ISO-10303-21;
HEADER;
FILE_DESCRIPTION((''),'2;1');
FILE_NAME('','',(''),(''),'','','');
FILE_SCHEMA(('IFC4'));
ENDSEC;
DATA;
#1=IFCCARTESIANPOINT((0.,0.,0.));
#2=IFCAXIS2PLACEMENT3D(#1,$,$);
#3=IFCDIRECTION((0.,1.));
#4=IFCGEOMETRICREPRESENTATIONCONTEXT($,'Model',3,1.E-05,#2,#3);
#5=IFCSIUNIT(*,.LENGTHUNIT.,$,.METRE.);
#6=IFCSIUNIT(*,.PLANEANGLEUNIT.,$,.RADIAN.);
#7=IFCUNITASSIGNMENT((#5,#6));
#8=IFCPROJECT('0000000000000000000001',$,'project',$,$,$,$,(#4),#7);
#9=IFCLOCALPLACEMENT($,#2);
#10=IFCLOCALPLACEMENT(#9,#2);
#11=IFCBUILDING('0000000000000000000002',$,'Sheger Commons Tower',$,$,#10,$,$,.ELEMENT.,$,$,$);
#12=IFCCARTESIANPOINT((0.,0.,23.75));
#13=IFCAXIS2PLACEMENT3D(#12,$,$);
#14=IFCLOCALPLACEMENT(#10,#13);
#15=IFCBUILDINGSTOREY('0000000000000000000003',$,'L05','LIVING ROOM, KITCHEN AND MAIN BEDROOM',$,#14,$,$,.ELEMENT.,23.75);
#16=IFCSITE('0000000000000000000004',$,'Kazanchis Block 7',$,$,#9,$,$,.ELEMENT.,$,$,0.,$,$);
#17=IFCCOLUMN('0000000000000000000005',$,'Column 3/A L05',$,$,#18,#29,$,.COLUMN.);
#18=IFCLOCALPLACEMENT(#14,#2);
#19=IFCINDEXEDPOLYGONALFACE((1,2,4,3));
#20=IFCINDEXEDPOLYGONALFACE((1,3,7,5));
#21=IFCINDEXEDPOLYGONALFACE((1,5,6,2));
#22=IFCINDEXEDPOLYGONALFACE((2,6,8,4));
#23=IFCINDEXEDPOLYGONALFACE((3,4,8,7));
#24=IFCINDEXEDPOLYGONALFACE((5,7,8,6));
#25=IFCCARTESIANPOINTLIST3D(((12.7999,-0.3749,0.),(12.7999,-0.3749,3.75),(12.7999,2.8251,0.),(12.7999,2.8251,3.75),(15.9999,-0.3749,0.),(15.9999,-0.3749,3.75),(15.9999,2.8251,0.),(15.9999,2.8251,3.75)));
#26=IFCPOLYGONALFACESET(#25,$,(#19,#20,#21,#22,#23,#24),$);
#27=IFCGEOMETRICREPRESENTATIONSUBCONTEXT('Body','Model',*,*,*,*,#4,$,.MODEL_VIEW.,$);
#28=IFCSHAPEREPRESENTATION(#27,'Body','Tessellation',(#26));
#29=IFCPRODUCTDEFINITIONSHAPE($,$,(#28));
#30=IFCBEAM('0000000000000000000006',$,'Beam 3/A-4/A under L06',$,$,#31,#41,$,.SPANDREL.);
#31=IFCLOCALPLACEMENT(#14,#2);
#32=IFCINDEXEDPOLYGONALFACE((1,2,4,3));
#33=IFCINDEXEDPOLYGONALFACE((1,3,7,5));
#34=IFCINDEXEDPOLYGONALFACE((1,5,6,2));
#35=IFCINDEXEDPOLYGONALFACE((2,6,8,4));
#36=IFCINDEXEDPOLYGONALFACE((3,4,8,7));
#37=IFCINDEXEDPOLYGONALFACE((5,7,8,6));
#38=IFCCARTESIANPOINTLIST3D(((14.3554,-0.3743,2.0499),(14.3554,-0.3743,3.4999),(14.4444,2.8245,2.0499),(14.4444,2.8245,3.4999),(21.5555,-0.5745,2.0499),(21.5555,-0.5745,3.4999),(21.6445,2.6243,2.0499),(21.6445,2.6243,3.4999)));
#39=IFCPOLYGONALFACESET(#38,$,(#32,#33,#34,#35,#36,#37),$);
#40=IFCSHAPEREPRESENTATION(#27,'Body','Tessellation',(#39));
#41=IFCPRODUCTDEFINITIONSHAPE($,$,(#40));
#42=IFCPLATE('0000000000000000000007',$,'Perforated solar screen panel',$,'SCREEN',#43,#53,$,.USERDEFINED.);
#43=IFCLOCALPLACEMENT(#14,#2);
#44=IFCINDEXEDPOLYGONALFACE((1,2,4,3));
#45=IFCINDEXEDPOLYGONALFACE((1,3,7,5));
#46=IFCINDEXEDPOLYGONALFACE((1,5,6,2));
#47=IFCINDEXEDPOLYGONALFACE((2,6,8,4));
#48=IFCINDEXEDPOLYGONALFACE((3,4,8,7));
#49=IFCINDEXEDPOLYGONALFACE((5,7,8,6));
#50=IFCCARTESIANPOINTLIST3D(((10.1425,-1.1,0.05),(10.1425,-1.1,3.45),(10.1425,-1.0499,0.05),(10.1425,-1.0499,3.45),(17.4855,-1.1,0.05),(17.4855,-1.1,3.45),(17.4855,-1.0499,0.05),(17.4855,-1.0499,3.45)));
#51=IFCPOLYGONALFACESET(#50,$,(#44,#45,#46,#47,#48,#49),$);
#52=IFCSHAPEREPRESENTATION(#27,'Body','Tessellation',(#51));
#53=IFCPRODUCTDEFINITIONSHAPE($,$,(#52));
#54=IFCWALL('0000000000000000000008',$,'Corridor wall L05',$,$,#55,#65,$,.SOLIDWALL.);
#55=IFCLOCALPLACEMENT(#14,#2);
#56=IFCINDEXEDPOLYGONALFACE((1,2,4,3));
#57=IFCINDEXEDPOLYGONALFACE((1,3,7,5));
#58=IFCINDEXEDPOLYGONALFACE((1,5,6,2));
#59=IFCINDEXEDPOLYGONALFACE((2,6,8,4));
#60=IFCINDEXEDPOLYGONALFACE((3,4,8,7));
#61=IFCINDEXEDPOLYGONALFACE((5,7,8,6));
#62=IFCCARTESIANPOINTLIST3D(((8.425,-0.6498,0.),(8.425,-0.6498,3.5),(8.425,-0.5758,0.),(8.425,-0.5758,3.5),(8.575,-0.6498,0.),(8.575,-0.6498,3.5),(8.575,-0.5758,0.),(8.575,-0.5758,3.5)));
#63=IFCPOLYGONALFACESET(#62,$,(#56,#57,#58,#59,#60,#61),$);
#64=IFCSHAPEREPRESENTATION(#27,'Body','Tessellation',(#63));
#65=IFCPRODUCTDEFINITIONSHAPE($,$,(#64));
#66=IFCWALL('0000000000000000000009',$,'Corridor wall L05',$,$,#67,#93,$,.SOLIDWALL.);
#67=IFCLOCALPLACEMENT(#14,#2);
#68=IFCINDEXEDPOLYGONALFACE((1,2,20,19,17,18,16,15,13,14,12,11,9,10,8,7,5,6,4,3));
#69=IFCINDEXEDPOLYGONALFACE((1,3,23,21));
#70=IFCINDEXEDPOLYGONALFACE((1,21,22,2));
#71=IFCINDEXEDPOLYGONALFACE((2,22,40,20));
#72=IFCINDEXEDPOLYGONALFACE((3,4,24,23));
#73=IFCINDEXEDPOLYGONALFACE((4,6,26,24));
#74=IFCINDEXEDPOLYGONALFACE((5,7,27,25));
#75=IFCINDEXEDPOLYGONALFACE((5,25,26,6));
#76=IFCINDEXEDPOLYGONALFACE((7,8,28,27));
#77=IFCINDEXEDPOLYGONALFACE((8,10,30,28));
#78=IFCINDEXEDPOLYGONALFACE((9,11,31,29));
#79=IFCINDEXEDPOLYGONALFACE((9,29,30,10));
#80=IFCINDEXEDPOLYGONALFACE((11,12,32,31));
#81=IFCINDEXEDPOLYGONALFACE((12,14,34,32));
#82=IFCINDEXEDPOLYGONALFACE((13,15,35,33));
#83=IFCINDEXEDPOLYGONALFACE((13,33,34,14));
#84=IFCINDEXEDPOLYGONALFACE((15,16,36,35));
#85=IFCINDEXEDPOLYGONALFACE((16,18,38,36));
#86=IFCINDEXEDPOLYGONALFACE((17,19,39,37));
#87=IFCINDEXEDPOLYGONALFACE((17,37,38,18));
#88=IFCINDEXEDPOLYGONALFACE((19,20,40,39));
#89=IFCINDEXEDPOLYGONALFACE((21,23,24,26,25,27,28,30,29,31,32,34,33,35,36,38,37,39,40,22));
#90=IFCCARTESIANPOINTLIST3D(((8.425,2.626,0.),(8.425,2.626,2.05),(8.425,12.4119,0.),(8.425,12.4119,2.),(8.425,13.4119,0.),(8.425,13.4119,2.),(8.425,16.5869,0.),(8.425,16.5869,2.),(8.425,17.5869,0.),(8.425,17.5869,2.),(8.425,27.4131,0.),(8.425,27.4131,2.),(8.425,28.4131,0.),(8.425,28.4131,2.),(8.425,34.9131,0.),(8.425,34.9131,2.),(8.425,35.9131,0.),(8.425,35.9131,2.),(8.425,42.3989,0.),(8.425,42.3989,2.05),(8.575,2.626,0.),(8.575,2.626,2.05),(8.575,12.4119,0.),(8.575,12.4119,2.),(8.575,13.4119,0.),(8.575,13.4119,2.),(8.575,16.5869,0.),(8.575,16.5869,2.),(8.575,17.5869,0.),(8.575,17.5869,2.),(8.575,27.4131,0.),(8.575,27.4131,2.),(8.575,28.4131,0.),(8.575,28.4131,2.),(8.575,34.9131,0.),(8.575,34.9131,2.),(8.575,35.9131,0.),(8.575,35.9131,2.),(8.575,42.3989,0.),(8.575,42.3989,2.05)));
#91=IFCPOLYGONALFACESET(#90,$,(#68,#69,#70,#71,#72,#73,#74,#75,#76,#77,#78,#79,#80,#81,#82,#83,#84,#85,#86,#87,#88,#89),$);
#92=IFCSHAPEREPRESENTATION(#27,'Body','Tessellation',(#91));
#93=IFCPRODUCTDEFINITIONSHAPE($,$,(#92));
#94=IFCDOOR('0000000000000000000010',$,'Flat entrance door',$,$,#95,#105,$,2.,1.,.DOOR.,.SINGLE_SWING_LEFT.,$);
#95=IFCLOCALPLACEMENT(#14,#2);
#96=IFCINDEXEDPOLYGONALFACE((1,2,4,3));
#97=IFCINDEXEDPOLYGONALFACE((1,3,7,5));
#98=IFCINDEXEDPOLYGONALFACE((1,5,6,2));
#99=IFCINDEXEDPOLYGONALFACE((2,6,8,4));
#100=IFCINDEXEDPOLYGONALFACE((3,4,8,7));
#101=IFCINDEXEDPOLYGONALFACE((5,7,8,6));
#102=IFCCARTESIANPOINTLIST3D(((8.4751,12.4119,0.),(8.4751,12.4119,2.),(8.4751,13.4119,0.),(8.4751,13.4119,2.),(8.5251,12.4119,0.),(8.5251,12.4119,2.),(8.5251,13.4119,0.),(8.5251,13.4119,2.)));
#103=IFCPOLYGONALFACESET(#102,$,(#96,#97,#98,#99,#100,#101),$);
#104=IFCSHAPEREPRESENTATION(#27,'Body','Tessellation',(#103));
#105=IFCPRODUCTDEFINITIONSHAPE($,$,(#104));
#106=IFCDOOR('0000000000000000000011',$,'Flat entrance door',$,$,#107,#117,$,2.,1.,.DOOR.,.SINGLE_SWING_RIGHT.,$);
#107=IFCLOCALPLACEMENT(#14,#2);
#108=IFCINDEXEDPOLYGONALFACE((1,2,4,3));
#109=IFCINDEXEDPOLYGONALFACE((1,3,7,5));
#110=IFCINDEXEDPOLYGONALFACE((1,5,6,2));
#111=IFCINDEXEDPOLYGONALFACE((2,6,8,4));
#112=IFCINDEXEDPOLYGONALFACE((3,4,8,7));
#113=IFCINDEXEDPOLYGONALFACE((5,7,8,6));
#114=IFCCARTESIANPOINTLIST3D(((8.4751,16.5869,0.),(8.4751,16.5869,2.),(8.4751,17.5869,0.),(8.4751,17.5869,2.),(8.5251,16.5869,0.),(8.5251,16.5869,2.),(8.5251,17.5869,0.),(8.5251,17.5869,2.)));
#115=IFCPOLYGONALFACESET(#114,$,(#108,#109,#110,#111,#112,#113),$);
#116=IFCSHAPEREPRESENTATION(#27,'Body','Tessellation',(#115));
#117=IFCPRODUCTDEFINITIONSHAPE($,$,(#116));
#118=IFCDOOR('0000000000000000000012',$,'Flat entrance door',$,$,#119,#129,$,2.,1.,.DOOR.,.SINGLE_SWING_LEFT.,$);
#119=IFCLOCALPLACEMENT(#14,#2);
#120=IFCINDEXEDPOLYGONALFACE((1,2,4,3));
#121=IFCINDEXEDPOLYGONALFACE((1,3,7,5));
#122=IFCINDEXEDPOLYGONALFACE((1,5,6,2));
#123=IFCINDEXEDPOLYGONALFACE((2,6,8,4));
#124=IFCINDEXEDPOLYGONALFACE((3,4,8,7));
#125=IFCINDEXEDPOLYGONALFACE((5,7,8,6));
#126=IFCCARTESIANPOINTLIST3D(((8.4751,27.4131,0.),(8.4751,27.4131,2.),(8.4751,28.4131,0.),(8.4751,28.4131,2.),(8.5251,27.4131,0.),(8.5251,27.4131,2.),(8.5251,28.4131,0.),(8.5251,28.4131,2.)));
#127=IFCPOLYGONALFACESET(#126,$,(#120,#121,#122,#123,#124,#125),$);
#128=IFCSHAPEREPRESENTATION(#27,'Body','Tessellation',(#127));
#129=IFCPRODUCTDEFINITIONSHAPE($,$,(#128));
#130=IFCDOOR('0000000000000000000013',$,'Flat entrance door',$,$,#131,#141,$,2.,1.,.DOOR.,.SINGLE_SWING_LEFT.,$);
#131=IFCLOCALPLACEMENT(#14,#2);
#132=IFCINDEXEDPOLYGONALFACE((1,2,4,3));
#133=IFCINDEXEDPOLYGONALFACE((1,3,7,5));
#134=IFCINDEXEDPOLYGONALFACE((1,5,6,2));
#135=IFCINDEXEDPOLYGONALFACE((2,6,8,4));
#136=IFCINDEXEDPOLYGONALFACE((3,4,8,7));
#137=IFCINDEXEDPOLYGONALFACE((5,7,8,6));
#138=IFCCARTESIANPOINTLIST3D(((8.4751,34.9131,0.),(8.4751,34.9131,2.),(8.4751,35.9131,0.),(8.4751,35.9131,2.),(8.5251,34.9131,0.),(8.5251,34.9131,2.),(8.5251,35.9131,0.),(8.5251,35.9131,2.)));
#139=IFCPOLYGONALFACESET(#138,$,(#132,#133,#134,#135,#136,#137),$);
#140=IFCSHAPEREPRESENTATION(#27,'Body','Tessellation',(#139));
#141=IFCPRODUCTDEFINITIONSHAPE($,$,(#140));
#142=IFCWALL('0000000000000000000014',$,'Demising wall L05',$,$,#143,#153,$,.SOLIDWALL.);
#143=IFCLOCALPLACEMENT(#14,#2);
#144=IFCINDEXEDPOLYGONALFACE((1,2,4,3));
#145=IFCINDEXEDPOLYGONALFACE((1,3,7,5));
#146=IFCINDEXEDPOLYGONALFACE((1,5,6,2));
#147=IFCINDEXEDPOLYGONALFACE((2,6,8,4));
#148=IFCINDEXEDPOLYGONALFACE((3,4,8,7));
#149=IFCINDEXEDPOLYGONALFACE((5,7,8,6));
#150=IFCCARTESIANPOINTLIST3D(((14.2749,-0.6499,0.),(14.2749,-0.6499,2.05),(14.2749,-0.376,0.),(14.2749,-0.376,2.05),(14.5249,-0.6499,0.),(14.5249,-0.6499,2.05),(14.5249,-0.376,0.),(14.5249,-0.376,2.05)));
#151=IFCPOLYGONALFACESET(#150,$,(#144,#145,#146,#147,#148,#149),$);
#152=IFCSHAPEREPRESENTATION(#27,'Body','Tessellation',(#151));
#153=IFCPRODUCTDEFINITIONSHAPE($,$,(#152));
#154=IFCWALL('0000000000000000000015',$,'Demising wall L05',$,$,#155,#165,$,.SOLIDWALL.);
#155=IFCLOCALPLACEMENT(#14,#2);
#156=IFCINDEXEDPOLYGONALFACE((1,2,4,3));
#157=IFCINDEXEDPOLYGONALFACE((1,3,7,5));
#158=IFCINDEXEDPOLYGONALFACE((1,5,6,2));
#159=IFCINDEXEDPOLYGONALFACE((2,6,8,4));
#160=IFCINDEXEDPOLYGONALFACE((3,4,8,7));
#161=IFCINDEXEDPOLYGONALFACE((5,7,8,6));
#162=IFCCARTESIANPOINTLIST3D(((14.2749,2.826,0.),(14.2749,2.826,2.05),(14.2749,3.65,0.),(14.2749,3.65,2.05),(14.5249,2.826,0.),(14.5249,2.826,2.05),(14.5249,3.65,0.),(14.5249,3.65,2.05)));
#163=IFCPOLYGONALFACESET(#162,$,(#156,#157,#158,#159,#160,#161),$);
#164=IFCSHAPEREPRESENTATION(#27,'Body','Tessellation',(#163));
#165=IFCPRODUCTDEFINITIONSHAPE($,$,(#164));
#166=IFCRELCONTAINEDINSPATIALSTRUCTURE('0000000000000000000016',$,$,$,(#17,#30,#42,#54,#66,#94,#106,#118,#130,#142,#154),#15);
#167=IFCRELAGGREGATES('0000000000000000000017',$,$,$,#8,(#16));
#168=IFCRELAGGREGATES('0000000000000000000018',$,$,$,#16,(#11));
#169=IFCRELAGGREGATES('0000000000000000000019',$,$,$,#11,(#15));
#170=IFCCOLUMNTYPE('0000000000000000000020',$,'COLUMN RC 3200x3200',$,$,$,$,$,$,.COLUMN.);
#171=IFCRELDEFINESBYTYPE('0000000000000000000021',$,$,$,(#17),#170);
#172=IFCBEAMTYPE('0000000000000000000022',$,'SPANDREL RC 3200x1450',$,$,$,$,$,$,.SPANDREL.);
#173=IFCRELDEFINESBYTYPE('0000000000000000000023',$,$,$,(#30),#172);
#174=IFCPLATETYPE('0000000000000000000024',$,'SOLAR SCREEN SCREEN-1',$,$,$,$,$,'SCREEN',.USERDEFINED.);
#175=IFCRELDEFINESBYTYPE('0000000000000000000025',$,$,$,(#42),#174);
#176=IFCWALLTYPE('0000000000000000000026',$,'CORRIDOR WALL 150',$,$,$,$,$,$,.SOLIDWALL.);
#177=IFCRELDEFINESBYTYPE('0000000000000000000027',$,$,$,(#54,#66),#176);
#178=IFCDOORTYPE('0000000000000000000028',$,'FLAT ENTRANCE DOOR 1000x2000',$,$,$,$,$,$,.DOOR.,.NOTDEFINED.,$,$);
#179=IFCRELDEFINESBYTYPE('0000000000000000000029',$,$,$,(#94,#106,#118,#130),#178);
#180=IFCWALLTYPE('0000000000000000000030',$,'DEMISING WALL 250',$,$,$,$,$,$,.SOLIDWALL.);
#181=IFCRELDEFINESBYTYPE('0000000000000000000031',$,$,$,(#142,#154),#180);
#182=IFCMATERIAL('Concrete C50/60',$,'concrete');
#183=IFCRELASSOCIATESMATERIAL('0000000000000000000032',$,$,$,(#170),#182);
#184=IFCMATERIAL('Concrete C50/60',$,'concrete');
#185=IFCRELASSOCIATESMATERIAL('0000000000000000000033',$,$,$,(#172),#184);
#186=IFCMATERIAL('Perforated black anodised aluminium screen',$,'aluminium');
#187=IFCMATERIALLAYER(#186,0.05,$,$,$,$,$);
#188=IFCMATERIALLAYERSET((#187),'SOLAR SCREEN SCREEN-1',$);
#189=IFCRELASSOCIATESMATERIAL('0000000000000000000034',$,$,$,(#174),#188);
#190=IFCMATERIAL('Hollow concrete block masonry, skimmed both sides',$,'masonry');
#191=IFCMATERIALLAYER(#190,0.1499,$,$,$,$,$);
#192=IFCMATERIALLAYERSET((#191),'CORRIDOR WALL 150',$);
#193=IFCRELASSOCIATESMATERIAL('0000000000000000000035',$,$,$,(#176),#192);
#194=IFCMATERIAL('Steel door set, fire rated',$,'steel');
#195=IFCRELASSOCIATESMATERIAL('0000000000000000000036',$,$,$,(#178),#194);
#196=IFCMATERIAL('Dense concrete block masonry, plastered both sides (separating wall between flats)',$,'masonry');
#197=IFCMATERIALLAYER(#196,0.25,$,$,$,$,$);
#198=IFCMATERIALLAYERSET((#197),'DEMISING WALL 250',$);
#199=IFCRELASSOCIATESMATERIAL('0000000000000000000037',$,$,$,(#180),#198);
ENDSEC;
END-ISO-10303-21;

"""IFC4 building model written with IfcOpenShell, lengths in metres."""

from ifc_helpers import new_model, si_unit, direction, frame, frame_2d, origin, origin_2d, place, context, subcontext, project, spatial, rectangle, extrude, material, layer, layer_set, material_profile, profile_set, type_object, element, fill, save


model = new_model("IFC4")

# Units and contexts
model_context = context("Model", 3, precision=1e-05, world=origin(), true_north=direction((0.0, 1.0)))
body_context = subcontext(model_context, "Body", "Model", "MODEL_VIEW")
ifc_project = project(units=[si_unit("LENGTHUNIT", "METRE"), si_unit("PLANEANGLEUNIT", "RADIAN")], contexts=[model_context])

# Site, building, storey
site_placement = place(None, origin())
site = spatial("IfcSite", under=ifc_project, at=site_placement, Name="Kazanchis Block 7", CompositionType="ELEMENT", RefElevation=0.0)
building_placement = place(site_placement, origin())
building = spatial("IfcBuilding", under=site, at=building_placement, Name="Sheger Commons Tower", CompositionType="ELEMENT")
storey_placement = place(building_placement, frame((0.0, 0.0, 23.75)))
storey = spatial("IfcBuildingStorey", under=building, at=storey_placement, Name="L05", Description="LIVING ROOM, KITCHEN AND MAIN BEDROOM", CompositionType="ELEMENT", Elevation=23.75)

# Column
ifc_material_1 = material(Name="Concrete C50/60", Category="concrete")
ifc_material_profile_1 = material_profile(ifc_material_1, rectangle(XDim=3.2, YDim=3.2, at=origin_2d()), Name="RC 3200x3200")
ifc_profile_set_1 = profile_set([ifc_material_profile_1], Name="Concrete C50/60")
column_type = type_object("IfcColumnType", Name="COLUMN RC 3200x3200", PredefinedType="COLUMN", material=ifc_profile_set_1)
column_placement = place(storey_placement, frame((14.3999, 1.2251, 0.0), z_axis=(0.0, 0.0, 1.0), x_axis=(1.0, 0.0, 0.0)))
element("IfcColumn", 1, at=column_placement, inside=storey, type_object=column_type, Name="Column 3/A L05", PredefinedType="COLUMN", context=body_context, shape_type="SweptSolid", body=[
    extrude(rectangle(XDim=3.2, YDim=3.2, at=origin_2d()), origin(), (0.0, 0.0, 1.0), 3.75),
])

# Beam
ifc_material_2 = material(Name="Concrete C50/60", Category="concrete")
ifc_material_profile_2 = material_profile(ifc_material_2, rectangle(XDim=3.2, YDim=1.45, at=origin_2d()), Name="RC 3200x1450")
ifc_profile_set_2 = profile_set([ifc_material_profile_2], Name="Concrete C50/60")
beam_type = type_object("IfcBeamType", Name="SPANDREL RC 3200x1450", PredefinedType="SPANDREL", material=ifc_profile_set_2)
beam_placement = place(storey_placement, frame((14.3999, 1.2251, 2.7749), z_axis=(0.999614, -0.027793, 0.0), x_axis=(0.027793, 0.999614, 0.0)))
element("IfcBeam", 2, at=beam_placement, inside=storey, type_object=beam_type, Name="Beam 3/A-4/A under L06", PredefinedType="SPANDREL", context=body_context, shape_type="SweptSolid", body=[
    extrude(rectangle(XDim=3.2, YDim=1.45, at=origin_2d()), origin(), (0.0, 0.0, 1.0), 7.2029),
])

# Plate
ifc_material_3 = material(Name="Perforated black anodised aluminium screen", Category="aluminium")
ifc_layer_1 = layer(ifc_material_3, 0.05)
ifc_layer_set_1 = layer_set([ifc_layer_1], Name="SOLAR SCREEN SCREEN-1")
plate_type = type_object("IfcPlateType", Name="SOLAR SCREEN SCREEN-1", ElementType="SCREEN", PredefinedType="USERDEFINED", material=ifc_layer_set_1)
plate_placement = place(storey_placement, frame((13.814, -1.075, 0.05), z_axis=(0.0, 0.0, 1.0), x_axis=(1.0, 0.0, 0.0)))
element("IfcPlate", 3, at=plate_placement, inside=storey, type_object=plate_type, Name="Perforated solar screen panel", ObjectType="SCREEN", PredefinedType="USERDEFINED", context=body_context, shape_type="SweptSolid", body=[
    extrude(rectangle(XDim=7.343, YDim=0.05, at=origin_2d()), origin(), (0.0, 0.0, 1.0), 3.3999),
])

# Wall
ifc_material_4 = material(Name="Hollow concrete block masonry, skimmed both sides", Category="masonry")
ifc_layer_2 = layer(ifc_material_4, 0.1499)
ifc_layer_set_2 = layer_set([ifc_layer_2], Name="CORRIDOR WALL 150")
wall_type_1 = type_object("IfcWallType", Name="CORRIDOR WALL 150", PredefinedType="SOLIDWALL", material=ifc_layer_set_2)
wall_1_placement = place(storey_placement, frame((8.5, -0.6499, 0.0), z_axis=(0.0, 0.0, 1.0), x_axis=(0.0, 1.0, 0.0)))
element("IfcWall", 4, at=wall_1_placement, inside=storey, type_object=wall_type_1, Name="Corridor wall L05", PredefinedType="SOLIDWALL", context=body_context, shape_type="SweptSolid", body=[
    extrude(rectangle(XDim=0.074, YDim=0.1499, at=frame_2d((0.0371, 0.0))), origin(), (0.0, 0.0, 1.0), 3.5),
])

# Wall, openings, doors
wall_2_placement = place(storey_placement, frame((8.5, 2.626, 0.0), z_axis=(0.0, 0.0, 1.0), x_axis=(0.0, 1.0, 0.0)))
wall_2 = element("IfcWall", 5, at=wall_2_placement, inside=storey, type_object=wall_type_1, Name="Corridor wall L05", PredefinedType="SOLIDWALL", context=body_context, shape_type="SweptSolid", body=[
    extrude(rectangle(XDim=39.7729, YDim=0.1499, at=frame_2d((19.8865, 0.0))), origin(), (0.0, 0.0, 1.0), 2.05),
])
opening_1_placement = place(wall_2_placement, frame((9.7859, 0.0, 0.0)))
opening_1 = element("IfcOpeningElement", 6, at=opening_1_placement, cuts=wall_2, PredefinedType="OPENING", context=body_context, shape_type="SweptSolid", body=[
    extrude(rectangle(XDim=1.0, YDim=2.0, at=frame_2d((0.5, 1.0))), frame((0.0, 0.085, 0.0), z_axis=(0.0, -1.0, 0.0), x_axis=(1.0, 0.0, 0.0)), (0.0, 0.0, 1.0), 0.1699),
])
opening_2_placement = place(wall_2_placement, frame((13.9609, 0.0, 0.0)))
opening_2 = element("IfcOpeningElement", 7, at=opening_2_placement, cuts=wall_2, PredefinedType="OPENING", context=body_context, shape_type="SweptSolid", body=[
    extrude(rectangle(XDim=1.0, YDim=2.0, at=frame_2d((0.5, 1.0))), frame((0.0, 0.085, 0.0), z_axis=(0.0, -1.0, 0.0), x_axis=(1.0, 0.0, 0.0)), (0.0, 0.0, 1.0), 0.1699),
])
opening_3_placement = place(wall_2_placement, frame((24.7871, 0.0, 0.0)))
opening_3 = element("IfcOpeningElement", 8, at=opening_3_placement, cuts=wall_2, PredefinedType="OPENING", context=body_context, shape_type="SweptSolid", body=[
    extrude(rectangle(XDim=1.0, YDim=2.0, at=frame_2d((0.5, 1.0))), frame((0.0, 0.085, 0.0), z_axis=(0.0, -1.0, 0.0), x_axis=(1.0, 0.0, 0.0)), (0.0, 0.0, 1.0), 0.1699),
])
opening_4_placement = place(wall_2_placement, frame((32.2871, 0.0, 0.0)))
opening_4 = element("IfcOpeningElement", 9, at=opening_4_placement, cuts=wall_2, PredefinedType="OPENING", context=body_context, shape_type="SweptSolid", body=[
    extrude(rectangle(XDim=1.0, YDim=2.0, at=frame_2d((0.5, 1.0))), frame((0.0, 0.085, 0.0), z_axis=(0.0, -1.0, 0.0), x_axis=(1.0, 0.0, 0.0)), (0.0, 0.0, 1.0), 0.1699),
])
ifc_material_5 = material(Name="Steel door set, fire rated", Category="steel")
door_type_1 = type_object("IfcDoorType", Name="FLAT ENTRANCE DOOR 1000x2000", OperationType="NOTDEFINED", PredefinedType="DOOR", material=ifc_material_5)
door_1_placement = place(opening_1_placement, origin())
door_1 = element("IfcDoor", 10, at=door_1_placement, inside=storey, type_object=door_type_1, Name="Flat entrance door", OperationType="SINGLE_SWING_LEFT", OverallHeight=2.0, OverallWidth=1.0, PredefinedType="DOOR", context=body_context, shape_type="SweptSolid", body=[
    extrude(rectangle(XDim=1.0, YDim=2.0, at=frame_2d((0.5, 1.0))), frame((0.0, 0.0249, 0.0), z_axis=(0.0, -1.0, 0.0), x_axis=(1.0, 0.0, 0.0)), (0.0, 0.0, 1.0), 0.05),
])
fill(opening_1, door_1)
door_2_placement = place(opening_2_placement, origin())
door_2 = element("IfcDoor", 11, at=door_2_placement, inside=storey, type_object=door_type_1, Name="Flat entrance door", OperationType="SINGLE_SWING_RIGHT", OverallHeight=2.0, OverallWidth=1.0, PredefinedType="DOOR", context=body_context, shape_type="SweptSolid", body=[
    extrude(rectangle(XDim=1.0, YDim=2.0, at=frame_2d((0.5, 1.0))), frame((0.0, 0.0249, 0.0), z_axis=(0.0, -1.0, 0.0), x_axis=(1.0, 0.0, 0.0)), (0.0, 0.0, 1.0), 0.05),
])
fill(opening_2, door_2)
door_3_placement = place(opening_3_placement, origin())
door_3 = element("IfcDoor", 12, at=door_3_placement, inside=storey, type_object=door_type_1, Name="Flat entrance door", OperationType="SINGLE_SWING_LEFT", OverallHeight=2.0, OverallWidth=1.0, PredefinedType="DOOR", context=body_context, shape_type="SweptSolid", body=[
    extrude(rectangle(XDim=1.0, YDim=2.0, at=frame_2d((0.5, 1.0))), frame((0.0, 0.0249, 0.0), z_axis=(0.0, -1.0, 0.0), x_axis=(1.0, 0.0, 0.0)), (0.0, 0.0, 1.0), 0.05),
])
fill(opening_3, door_3)
door_4_placement = place(opening_4_placement, origin())
door_4 = element("IfcDoor", 13, at=door_4_placement, inside=storey, type_object=door_type_1, Name="Flat entrance door", OperationType="SINGLE_SWING_LEFT", OverallHeight=2.0, OverallWidth=1.0, PredefinedType="DOOR", context=body_context, shape_type="SweptSolid", body=[
    extrude(rectangle(XDim=1.0, YDim=2.0, at=frame_2d((0.5, 1.0))), frame((0.0, 0.0249, 0.0), z_axis=(0.0, -1.0, 0.0), x_axis=(1.0, 0.0, 0.0)), (0.0, 0.0, 1.0), 0.05),
])
fill(opening_4, door_4)

# Walls
ifc_material_6 = material(Name="Dense concrete block masonry, plastered both sides (separating wall between flats)", Category="masonry")
ifc_layer_3 = layer(ifc_material_6, 0.25)
ifc_layer_set_3 = layer_set([ifc_layer_3], Name="DEMISING WALL 250")
wall_type_2 = type_object("IfcWallType", Name="DEMISING WALL 250", PredefinedType="SOLIDWALL", material=ifc_layer_set_3)
wall_3_placement = place(storey_placement, frame((14.3999, -0.6499, 0.0), z_axis=(0.0, 0.0, 1.0), x_axis=(0.0, 1.0, 0.0)))
element("IfcWall", 14, at=wall_3_placement, inside=storey, type_object=wall_type_2, Name="Demising wall L05", PredefinedType="SOLIDWALL", context=body_context, shape_type="SweptSolid", body=[
    extrude(rectangle(XDim=0.2739, YDim=0.25, at=frame_2d((0.137, 0.0))), origin(), (0.0, 0.0, 1.0), 2.05),
])
wall_4_placement = place(storey_placement, frame((14.3999, 2.8259, 0.0), z_axis=(0.0, 0.0, 1.0), x_axis=(0.0, 1.0, 0.0)))
element("IfcWall", 15, at=wall_4_placement, inside=storey, type_object=wall_type_2, Name="Demising wall L05", PredefinedType="SOLIDWALL", context=body_context, shape_type="SweptSolid", body=[
    extrude(rectangle(XDim=0.824, YDim=0.25, at=frame_2d((0.4121, 0.0))), origin(), (0.0, 0.0, 1.0), 2.05),
])

save(model, "model.ifc")
